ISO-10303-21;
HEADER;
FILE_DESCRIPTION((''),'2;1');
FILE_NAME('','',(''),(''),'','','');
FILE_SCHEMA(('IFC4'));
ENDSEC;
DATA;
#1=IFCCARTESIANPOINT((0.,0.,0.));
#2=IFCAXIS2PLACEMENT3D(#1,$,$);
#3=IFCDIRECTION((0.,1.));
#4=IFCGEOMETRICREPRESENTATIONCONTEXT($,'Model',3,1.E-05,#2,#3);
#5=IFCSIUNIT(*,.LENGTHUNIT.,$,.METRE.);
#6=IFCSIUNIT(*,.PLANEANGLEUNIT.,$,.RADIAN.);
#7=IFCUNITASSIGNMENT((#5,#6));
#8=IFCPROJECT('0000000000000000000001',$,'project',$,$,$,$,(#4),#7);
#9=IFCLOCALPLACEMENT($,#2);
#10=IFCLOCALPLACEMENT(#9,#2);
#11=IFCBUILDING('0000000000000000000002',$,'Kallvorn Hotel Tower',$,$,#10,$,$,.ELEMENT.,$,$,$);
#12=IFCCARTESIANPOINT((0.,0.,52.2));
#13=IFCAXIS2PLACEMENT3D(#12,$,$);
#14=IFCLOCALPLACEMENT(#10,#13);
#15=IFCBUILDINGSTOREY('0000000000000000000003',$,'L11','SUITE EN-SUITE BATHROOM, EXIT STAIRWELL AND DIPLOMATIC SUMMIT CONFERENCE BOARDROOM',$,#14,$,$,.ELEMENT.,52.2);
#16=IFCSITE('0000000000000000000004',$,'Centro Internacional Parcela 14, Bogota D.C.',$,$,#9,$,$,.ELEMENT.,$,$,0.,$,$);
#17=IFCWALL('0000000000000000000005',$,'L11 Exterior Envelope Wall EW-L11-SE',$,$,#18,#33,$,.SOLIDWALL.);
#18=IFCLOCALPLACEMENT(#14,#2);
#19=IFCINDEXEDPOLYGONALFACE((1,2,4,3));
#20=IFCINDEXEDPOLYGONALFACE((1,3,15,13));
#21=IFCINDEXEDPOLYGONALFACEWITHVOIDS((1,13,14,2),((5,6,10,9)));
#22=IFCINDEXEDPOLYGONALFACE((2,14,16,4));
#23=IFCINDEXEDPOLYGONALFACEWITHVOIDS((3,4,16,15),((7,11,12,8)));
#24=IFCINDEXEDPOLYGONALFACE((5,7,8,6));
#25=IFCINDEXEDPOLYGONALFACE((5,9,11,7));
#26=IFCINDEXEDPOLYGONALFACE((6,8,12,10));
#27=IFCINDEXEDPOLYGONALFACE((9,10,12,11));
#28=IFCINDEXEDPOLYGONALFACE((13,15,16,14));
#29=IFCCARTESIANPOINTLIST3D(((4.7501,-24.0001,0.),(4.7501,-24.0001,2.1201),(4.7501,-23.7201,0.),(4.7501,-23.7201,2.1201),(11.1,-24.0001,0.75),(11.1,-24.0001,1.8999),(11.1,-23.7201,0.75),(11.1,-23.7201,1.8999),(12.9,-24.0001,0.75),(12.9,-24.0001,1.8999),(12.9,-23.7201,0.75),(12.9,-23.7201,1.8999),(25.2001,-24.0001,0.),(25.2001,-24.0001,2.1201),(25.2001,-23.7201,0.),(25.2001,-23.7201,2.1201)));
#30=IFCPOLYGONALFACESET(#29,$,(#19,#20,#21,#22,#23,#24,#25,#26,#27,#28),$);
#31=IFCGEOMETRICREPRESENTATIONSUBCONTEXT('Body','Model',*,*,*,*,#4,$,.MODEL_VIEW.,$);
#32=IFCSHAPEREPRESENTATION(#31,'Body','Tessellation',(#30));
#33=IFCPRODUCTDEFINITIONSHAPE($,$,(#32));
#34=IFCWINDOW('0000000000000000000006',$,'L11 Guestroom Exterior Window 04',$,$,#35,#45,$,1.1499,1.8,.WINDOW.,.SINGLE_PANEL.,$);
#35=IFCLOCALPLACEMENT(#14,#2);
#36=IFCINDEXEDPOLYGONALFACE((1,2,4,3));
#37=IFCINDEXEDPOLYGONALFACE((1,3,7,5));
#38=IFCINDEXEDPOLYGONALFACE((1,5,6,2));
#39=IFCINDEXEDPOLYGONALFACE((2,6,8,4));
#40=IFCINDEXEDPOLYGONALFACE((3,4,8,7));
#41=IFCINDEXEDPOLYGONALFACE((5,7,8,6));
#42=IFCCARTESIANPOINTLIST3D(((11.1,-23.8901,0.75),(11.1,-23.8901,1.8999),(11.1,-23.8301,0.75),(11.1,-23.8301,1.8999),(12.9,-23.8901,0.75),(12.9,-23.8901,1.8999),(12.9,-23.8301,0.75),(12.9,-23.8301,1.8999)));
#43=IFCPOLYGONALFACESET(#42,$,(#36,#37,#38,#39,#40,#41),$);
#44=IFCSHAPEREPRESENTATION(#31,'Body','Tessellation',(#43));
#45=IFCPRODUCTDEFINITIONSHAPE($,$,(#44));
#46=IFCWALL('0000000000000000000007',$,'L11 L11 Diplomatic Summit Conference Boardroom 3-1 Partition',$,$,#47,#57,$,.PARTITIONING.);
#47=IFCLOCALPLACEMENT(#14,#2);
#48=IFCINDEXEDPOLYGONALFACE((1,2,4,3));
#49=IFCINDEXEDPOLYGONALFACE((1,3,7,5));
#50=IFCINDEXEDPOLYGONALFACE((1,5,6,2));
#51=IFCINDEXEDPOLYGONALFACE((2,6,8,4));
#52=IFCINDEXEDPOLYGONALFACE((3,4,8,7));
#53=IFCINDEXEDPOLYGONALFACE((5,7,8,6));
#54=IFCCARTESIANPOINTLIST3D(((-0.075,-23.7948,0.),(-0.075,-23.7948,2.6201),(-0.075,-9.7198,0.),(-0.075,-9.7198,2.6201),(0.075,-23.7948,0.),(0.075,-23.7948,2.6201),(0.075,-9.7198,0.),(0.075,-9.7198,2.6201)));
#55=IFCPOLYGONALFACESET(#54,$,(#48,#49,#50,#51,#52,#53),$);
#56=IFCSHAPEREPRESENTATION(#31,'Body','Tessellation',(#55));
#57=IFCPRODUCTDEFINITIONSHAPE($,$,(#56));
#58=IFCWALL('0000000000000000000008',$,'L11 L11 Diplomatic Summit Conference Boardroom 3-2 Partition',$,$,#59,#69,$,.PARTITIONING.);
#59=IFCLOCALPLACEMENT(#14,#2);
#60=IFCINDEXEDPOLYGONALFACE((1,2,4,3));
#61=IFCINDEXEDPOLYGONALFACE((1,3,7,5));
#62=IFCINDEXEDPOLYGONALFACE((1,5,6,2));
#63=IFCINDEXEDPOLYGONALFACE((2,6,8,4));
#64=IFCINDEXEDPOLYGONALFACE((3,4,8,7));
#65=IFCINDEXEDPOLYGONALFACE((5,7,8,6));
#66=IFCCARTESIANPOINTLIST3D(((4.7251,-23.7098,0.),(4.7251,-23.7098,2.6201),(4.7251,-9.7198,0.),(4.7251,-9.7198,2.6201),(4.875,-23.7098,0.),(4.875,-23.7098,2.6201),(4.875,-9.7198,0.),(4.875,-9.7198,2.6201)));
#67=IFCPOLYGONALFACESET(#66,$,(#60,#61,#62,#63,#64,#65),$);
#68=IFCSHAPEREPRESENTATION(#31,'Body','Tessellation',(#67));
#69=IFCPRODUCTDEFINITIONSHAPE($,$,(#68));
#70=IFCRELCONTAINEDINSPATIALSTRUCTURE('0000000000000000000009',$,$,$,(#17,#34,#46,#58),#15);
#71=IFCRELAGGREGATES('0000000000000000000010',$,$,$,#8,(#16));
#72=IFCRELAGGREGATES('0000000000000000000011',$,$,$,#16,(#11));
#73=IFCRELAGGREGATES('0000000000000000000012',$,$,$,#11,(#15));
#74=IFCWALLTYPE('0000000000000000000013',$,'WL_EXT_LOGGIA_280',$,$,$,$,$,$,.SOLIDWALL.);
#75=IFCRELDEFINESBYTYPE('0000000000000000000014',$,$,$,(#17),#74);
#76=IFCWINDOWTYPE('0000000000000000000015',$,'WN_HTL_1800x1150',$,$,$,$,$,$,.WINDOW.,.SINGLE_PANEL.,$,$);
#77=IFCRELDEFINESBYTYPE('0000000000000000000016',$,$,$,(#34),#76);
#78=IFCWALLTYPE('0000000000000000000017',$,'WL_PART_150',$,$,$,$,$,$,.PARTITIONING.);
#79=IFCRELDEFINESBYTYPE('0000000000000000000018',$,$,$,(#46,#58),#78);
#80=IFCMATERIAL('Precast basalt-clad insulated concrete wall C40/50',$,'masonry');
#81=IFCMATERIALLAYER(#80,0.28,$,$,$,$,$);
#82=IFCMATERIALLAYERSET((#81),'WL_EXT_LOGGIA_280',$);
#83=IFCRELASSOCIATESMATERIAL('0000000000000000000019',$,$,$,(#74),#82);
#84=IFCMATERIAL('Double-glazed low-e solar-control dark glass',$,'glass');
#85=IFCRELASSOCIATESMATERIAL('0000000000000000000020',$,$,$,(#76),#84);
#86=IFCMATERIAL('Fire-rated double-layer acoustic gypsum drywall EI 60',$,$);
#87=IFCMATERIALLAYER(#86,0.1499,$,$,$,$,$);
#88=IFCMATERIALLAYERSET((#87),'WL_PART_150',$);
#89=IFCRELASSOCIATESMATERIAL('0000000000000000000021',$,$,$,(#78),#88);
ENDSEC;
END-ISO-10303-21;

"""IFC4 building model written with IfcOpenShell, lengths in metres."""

from ifc_helpers import new_model, si_unit, direction, frame, frame_2d, origin, place, context, subcontext, project, spatial, rectangle, extrude, material, layer, layer_set, type_object, element, fill, save


model = new_model("IFC4")

# Units and contexts
model_context = context("Model", 3, precision=1e-05, world=origin(), true_north=direction((0.0, 1.0)))
body_context = subcontext(model_context, "Body", "Model", "MODEL_VIEW")
ifc_project = project(units=[si_unit("LENGTHUNIT", "METRE"), si_unit("PLANEANGLEUNIT", "RADIAN")], contexts=[model_context])

# Site, building, storey
site_placement = place(None, origin())
site = spatial("IfcSite", under=ifc_project, at=site_placement, Name="Centro Internacional Parcela 14, Bogota D.C.", CompositionType="ELEMENT", RefElevation=0.0)
building_placement = place(site_placement, origin())
building = spatial("IfcBuilding", under=site, at=building_placement, Name="Kallvorn Hotel Tower", CompositionType="ELEMENT")
storey_placement = place(building_placement, frame((0.0, 0.0, 52.2)))
storey = spatial("IfcBuildingStorey", under=building, at=storey_placement, Name="L11", Description="SUITE EN-SUITE BATHROOM, EXIT STAIRWELL AND DIPLOMATIC SUMMIT CONFERENCE BOARDROOM", CompositionType="ELEMENT", Elevation=52.2)

# Wall, opening, window
ifc_material_1 = material(Name="Precast basalt-clad insulated concrete wall C40/50", Category="masonry")
ifc_layer_1 = layer(ifc_material_1, 0.28)
ifc_layer_set_1 = layer_set([ifc_layer_1], Name="WL_EXT_LOGGIA_280")
wall_type_1 = type_object("IfcWallType", Name="WL_EXT_LOGGIA_280", PredefinedType="SOLIDWALL", material=ifc_layer_set_1)
wall_1_placement = place(storey_placement, frame((4.75, -23.8601, 0.0), z_axis=(0.0, 0.0, 1.0), x_axis=(1.0, 0.0, 0.0)))
wall_1 = element("IfcWall", 1, at=wall_1_placement, inside=storey, type_object=wall_type_1, Name="L11 Exterior Envelope Wall EW-L11-SE", PredefinedType="SOLIDWALL", context=body_context, shape_type="SweptSolid", body=[
    extrude(rectangle(XDim=20.45, YDim=0.28, at=frame_2d((10.2251, 0.0))), origin(), (0.0, 0.0, 1.0), 2.1201),
])
opening_placement = place(wall_1_placement, frame((6.3501, 0.0, 0.75)))
opening = element("IfcOpeningElement", 2, at=opening_placement, cuts=wall_1, PredefinedType="OPENING", context=body_context, shape_type="SweptSolid", body=[
    extrude(rectangle(XDim=1.8, YDim=1.1499, at=frame_2d((0.8999, 0.575))), frame((0.0, 0.155, 0.0), z_axis=(0.0, -1.0, 0.0), x_axis=(1.0, 0.0, 0.0)), (0.0, 0.0, 1.0), 0.3101),
])
ifc_material_2 = material(Name="Double-glazed low-e solar-control dark glass", Category="glass")
window_type = type_object("IfcWindowType", Name="WN_HTL_1800x1150", PartitioningType="SINGLE_PANEL", PredefinedType="WINDOW", material=ifc_material_2)
window_placement = place(opening_placement, origin())
window = element("IfcWindow", 3, at=window_placement, inside=storey, type_object=window_type, Name="L11 Guestroom Exterior Window 04", OverallHeight=1.1499, OverallWidth=1.8, PartitioningType="SINGLE_PANEL", PredefinedType="WINDOW", context=body_context, shape_type="SweptSolid", body=[
    extrude(rectangle(XDim=1.8, YDim=1.1499, at=frame_2d((0.8999, 0.575))), frame((0.0, 0.03, 0.0), z_axis=(0.0, -1.0, 0.0), x_axis=(1.0, 0.0, 0.0)), (0.0, 0.0, 1.0), 0.0601),
])
fill(opening, window)

# Walls
ifc_material_3 = material(Name="Fire-rated double-layer acoustic gypsum drywall EI 60")
ifc_layer_2 = layer(ifc_material_3, 0.1499)
ifc_layer_set_2 = layer_set([ifc_layer_2], Name="WL_PART_150")
wall_type_2 = type_object("IfcWallType", Name="WL_PART_150", PredefinedType="PARTITIONING", material=ifc_layer_set_2)
wall_2_placement = place(storey_placement, frame((0.0, -23.7949, 0.0), z_axis=(0.0, 0.0, 1.0), x_axis=(0.0, 1.0, 0.0)))
element("IfcWall", 4, at=wall_2_placement, inside=storey, type_object=wall_type_2, Name="L11 L11 Diplomatic Summit Conference Boardroom 3-1 Partition", PredefinedType="PARTITIONING", context=body_context, shape_type="SweptSolid", body=[
    extrude(rectangle(XDim=14.075, YDim=0.1499, at=frame_2d((7.0376, 0.0))), origin(), (0.0, 0.0, 1.0), 2.6201),
])
wall_3_placement = place(storey_placement, frame((4.8, -23.71, 0.0), z_axis=(0.0, 0.0, 1.0), x_axis=(0.0, 1.0, 0.0)))
element("IfcWall", 5, at=wall_3_placement, inside=storey, type_object=wall_type_2, Name="L11 L11 Diplomatic Summit Conference Boardroom 3-2 Partition", PredefinedType="PARTITIONING", context=body_context, shape_type="SweptSolid", body=[
    extrude(rectangle(XDim=13.99, YDim=0.1499, at=frame_2d((6.9951, 0.0))), origin(), (0.0, 0.0, 1.0), 2.6201),
])

save(model, "model.ifc")
